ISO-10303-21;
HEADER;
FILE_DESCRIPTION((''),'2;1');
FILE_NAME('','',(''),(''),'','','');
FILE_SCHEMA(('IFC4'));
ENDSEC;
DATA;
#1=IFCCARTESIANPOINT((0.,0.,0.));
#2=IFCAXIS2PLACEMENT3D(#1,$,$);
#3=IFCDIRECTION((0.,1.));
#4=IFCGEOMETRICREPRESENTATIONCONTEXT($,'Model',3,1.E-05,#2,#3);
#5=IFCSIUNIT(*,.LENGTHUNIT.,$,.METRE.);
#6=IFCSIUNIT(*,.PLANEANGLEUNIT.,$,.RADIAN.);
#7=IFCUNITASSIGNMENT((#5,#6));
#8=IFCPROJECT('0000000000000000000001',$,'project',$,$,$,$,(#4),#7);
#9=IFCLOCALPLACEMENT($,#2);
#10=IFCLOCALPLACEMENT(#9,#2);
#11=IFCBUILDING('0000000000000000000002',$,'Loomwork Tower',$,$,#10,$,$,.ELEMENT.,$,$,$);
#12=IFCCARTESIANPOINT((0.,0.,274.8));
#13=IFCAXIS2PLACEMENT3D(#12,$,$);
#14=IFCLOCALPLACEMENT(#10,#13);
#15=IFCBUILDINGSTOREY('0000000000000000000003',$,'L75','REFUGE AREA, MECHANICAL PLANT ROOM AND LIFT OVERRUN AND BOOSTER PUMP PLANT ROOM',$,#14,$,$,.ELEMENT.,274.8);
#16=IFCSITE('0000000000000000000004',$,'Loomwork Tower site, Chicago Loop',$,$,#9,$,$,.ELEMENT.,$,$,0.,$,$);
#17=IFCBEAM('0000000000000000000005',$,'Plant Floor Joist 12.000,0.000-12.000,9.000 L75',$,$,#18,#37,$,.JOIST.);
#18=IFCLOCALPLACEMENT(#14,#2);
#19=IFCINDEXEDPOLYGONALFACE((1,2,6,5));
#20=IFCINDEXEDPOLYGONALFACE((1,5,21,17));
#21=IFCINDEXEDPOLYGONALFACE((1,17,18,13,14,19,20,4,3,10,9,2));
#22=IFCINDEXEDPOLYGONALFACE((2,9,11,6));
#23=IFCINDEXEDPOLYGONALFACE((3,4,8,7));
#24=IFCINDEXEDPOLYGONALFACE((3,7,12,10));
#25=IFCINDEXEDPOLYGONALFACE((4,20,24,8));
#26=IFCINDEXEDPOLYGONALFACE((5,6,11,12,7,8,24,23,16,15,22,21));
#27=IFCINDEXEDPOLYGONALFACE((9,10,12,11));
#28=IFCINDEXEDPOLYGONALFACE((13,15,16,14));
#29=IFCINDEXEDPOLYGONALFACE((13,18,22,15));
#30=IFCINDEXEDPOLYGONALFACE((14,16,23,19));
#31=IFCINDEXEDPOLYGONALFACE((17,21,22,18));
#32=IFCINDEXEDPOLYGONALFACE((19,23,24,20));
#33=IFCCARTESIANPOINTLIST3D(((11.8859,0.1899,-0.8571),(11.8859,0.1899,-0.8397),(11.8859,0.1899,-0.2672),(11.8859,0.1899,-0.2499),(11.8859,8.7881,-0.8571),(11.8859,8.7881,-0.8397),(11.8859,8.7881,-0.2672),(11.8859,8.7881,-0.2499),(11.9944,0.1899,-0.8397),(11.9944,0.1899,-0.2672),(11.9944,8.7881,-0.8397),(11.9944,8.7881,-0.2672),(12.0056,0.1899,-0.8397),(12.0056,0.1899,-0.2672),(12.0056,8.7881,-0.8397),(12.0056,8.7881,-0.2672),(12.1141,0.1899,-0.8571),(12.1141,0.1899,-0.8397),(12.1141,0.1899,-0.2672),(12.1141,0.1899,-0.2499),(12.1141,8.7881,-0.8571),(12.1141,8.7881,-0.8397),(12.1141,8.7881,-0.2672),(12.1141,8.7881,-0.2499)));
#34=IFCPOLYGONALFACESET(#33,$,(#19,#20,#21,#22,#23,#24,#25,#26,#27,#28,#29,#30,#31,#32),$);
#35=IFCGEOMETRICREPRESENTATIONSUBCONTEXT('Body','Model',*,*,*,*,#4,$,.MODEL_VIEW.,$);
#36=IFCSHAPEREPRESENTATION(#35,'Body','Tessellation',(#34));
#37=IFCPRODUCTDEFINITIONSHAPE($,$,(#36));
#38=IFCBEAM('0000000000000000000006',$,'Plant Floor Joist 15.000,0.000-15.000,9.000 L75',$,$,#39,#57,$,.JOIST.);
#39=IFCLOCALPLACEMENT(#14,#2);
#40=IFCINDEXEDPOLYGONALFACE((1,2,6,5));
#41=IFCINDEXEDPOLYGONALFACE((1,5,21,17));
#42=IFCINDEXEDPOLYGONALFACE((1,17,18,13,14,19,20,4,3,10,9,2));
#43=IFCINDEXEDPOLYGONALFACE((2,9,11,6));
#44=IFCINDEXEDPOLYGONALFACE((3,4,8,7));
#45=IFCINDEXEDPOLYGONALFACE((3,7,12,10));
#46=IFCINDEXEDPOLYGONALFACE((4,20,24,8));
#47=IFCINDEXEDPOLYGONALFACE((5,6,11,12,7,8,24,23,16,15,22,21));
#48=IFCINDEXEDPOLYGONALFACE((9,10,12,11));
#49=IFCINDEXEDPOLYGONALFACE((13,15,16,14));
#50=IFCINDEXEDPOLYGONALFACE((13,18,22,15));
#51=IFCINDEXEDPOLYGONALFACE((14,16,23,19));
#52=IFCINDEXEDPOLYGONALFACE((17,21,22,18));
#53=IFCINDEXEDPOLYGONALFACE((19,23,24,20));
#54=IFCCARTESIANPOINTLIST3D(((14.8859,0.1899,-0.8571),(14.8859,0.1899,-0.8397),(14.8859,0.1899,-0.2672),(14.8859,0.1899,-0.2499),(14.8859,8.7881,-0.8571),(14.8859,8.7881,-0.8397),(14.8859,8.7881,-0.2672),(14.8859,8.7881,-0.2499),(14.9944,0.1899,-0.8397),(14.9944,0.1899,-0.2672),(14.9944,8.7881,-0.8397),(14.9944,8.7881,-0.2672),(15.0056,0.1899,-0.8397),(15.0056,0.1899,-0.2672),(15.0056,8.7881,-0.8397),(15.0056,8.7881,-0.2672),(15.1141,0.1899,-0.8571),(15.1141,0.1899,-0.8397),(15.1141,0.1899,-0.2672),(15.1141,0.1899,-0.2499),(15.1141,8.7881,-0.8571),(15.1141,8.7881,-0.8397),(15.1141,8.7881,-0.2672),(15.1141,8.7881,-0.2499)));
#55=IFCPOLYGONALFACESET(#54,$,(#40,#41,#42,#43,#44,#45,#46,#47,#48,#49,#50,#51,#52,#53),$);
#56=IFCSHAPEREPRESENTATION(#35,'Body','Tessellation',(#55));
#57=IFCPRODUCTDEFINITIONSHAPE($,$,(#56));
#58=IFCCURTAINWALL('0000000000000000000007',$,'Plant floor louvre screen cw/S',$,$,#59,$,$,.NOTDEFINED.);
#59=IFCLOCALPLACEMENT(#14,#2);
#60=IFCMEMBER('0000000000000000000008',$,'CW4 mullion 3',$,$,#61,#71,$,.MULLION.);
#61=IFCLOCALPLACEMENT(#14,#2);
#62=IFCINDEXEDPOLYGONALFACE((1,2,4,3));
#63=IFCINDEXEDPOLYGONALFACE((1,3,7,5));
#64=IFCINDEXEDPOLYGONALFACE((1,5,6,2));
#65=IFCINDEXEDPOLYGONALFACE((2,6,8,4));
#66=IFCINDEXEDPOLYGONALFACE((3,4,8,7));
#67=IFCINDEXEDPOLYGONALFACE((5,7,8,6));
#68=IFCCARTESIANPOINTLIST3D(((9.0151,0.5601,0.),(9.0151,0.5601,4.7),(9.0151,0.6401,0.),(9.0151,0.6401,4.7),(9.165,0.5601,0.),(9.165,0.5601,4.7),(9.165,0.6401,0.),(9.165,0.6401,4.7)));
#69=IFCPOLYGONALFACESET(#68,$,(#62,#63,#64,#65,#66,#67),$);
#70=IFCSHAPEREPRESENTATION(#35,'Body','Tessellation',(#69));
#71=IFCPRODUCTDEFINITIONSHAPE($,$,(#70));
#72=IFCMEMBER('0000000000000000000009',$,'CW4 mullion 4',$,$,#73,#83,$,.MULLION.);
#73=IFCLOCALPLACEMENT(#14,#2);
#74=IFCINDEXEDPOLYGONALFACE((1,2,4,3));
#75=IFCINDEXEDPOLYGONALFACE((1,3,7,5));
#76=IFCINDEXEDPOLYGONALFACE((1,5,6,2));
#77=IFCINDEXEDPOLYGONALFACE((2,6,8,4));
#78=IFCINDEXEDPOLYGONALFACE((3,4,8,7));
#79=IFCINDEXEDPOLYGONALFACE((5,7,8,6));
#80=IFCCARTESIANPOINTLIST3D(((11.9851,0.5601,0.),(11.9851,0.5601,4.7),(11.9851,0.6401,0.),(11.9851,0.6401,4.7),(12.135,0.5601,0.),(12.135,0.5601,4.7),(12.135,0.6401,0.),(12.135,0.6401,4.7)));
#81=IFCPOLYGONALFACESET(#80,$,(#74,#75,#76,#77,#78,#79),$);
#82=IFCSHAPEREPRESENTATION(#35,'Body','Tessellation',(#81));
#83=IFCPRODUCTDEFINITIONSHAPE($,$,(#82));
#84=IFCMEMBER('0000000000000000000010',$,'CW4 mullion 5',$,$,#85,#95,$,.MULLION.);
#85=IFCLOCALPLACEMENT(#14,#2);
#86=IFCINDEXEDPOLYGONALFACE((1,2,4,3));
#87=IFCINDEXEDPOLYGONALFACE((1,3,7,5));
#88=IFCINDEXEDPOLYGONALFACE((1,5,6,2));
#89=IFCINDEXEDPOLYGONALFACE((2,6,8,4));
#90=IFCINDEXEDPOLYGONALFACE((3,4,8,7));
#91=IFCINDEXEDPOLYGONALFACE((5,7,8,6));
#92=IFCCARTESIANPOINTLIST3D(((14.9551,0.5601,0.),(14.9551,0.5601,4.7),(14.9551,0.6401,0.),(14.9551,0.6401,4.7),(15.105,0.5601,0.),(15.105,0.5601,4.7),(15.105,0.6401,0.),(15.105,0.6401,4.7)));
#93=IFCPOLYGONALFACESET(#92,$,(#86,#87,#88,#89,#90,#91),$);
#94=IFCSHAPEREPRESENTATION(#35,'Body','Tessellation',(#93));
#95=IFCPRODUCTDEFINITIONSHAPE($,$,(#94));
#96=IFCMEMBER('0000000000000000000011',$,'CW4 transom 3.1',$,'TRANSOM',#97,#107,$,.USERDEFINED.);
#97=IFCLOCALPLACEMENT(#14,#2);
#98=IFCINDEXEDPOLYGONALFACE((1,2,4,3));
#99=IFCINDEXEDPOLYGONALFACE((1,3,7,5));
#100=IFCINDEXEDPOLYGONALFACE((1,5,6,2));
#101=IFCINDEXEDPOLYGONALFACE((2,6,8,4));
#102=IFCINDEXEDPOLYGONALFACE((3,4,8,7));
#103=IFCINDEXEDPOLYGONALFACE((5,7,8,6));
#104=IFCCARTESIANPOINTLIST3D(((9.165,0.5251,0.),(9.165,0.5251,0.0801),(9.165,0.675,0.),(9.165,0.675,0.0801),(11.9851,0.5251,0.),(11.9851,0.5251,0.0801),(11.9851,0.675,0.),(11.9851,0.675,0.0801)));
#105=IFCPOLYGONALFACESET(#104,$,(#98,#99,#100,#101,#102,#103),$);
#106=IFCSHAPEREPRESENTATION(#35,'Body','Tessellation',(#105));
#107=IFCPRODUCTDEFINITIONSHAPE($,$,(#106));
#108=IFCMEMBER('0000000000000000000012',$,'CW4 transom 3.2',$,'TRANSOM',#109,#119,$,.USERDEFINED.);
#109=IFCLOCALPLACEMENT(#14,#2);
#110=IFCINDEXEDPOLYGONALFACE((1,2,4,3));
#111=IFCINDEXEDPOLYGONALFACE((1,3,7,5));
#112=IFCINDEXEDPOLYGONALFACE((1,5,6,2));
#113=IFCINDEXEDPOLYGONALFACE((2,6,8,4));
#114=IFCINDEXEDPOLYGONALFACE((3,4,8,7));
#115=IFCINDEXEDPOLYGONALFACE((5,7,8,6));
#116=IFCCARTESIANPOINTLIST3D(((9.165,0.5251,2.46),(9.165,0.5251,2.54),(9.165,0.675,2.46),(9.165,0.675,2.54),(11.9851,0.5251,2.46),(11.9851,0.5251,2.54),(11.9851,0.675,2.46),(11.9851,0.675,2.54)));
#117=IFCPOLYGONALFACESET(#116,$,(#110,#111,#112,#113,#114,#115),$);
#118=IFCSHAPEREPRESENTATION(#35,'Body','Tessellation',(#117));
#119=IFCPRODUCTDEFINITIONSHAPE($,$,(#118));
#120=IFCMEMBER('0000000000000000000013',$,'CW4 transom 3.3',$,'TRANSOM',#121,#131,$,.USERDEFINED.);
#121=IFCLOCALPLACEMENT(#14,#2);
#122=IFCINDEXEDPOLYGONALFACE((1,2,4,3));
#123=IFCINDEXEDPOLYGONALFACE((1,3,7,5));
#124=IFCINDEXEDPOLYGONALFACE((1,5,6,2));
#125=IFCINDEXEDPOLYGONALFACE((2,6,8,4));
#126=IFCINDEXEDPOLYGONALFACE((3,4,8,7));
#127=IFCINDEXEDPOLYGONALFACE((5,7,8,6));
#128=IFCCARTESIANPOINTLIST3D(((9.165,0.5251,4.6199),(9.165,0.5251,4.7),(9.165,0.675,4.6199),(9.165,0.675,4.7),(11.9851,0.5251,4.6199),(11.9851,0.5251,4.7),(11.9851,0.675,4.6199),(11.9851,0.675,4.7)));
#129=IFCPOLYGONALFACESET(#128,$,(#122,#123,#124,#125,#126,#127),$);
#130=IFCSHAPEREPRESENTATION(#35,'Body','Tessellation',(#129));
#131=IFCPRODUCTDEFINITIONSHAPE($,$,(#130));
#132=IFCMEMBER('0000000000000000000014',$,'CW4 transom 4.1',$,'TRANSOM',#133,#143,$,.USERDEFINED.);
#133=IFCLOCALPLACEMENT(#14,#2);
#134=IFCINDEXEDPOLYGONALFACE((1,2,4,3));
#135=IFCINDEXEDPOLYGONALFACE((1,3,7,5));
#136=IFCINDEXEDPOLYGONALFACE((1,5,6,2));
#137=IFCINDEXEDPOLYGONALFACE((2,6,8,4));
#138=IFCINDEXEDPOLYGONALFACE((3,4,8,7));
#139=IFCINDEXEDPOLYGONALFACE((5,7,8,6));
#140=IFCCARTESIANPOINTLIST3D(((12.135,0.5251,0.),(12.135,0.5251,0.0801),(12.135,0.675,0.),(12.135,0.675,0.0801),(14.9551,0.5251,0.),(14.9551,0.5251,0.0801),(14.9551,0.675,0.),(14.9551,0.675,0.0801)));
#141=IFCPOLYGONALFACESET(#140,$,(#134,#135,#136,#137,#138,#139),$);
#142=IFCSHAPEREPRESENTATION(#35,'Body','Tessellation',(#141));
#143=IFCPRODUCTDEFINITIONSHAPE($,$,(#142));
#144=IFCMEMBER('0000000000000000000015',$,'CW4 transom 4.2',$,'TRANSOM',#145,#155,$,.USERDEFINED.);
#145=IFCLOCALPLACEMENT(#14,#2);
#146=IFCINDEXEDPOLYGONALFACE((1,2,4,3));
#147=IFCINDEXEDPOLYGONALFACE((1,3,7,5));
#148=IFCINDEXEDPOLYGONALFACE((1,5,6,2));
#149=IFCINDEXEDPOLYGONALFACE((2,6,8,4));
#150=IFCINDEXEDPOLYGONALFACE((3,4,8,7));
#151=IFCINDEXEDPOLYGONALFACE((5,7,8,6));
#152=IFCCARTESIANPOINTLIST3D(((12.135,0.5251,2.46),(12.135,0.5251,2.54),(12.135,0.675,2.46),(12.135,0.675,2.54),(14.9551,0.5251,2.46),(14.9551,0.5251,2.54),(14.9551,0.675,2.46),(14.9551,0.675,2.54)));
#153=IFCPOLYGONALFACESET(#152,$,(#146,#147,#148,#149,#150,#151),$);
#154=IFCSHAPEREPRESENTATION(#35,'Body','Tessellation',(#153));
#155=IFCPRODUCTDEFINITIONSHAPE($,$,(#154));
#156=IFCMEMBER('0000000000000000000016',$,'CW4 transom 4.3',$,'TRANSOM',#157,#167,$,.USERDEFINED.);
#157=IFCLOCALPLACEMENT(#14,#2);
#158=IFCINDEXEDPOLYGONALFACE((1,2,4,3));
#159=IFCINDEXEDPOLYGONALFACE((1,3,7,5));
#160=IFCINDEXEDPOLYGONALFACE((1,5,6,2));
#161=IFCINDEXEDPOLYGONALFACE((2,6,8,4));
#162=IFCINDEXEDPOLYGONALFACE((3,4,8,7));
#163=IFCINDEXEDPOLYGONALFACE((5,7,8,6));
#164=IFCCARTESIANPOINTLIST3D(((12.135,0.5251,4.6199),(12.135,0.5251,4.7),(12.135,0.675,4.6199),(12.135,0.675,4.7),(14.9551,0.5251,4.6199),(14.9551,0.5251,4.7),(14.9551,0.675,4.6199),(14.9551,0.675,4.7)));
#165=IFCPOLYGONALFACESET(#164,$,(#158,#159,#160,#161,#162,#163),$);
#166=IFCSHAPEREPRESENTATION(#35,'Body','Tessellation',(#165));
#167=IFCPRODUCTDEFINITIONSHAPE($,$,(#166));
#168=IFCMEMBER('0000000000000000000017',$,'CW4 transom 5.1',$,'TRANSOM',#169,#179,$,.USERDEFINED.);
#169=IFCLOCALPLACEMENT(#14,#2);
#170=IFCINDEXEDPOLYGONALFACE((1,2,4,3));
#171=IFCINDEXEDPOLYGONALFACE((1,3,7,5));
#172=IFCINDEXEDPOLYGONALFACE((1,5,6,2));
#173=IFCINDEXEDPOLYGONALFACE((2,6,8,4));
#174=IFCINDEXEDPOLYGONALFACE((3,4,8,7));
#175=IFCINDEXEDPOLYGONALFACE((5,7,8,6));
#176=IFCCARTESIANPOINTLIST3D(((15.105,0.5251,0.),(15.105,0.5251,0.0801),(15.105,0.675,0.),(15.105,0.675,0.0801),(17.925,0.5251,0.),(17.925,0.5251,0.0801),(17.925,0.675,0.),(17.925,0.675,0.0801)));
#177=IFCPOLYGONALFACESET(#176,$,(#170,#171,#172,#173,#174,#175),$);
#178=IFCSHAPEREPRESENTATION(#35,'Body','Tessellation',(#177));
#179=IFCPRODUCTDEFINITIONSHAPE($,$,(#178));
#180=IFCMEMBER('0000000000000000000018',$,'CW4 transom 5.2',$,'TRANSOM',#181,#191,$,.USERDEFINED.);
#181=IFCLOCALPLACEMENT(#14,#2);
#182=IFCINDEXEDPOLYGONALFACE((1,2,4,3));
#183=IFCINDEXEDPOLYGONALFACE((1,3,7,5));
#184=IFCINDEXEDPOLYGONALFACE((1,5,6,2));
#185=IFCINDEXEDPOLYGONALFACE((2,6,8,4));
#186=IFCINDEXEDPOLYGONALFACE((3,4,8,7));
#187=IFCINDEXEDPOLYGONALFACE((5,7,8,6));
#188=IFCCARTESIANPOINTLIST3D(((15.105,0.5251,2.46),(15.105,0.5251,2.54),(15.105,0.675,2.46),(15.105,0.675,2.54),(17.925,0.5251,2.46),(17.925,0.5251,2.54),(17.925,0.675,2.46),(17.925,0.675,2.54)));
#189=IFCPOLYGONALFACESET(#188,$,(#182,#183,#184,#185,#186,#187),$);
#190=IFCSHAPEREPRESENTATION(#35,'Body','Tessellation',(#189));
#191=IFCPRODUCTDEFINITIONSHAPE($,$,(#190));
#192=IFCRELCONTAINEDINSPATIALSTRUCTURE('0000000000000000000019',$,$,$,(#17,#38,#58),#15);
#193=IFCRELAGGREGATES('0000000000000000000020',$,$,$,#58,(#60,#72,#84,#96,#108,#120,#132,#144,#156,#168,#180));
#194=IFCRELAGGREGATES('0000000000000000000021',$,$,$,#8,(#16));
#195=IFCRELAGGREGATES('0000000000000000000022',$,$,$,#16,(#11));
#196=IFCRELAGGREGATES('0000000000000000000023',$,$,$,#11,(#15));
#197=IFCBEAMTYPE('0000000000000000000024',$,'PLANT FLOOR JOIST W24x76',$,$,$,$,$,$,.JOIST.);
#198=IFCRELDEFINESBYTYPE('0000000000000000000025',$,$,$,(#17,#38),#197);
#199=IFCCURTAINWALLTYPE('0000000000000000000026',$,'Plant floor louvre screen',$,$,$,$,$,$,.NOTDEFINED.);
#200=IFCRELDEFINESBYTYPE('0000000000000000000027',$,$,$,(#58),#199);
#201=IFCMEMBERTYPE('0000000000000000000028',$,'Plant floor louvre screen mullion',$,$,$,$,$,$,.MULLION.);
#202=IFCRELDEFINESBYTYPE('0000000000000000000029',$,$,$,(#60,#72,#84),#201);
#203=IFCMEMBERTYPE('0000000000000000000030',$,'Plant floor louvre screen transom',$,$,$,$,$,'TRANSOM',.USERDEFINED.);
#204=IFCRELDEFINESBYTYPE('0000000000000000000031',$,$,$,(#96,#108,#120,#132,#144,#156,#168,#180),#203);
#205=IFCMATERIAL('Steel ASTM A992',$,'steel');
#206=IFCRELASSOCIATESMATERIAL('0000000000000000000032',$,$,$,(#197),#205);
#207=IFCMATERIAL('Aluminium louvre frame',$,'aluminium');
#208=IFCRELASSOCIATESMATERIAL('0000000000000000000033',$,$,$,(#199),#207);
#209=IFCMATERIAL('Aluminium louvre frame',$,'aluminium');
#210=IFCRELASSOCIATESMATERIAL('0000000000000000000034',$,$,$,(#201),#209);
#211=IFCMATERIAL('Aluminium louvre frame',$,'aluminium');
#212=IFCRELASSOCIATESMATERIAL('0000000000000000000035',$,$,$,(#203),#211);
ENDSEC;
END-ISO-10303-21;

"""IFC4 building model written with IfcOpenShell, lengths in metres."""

from ifc_helpers import new_model, si_unit, direction, frame, origin, origin_2d, place, context, subcontext, project, spatial, rectangle, i_section, extrude, material, material_profile, profile_set, type_object, element, aggregate, save


model = new_model("IFC4")

# Units and contexts
model_context = context("Model", 3, precision=1e-05, world=origin(), true_north=direction((0.0, 1.0)))
body_context = subcontext(model_context, "Body", "Model", "MODEL_VIEW")
ifc_project = project(units=[si_unit("LENGTHUNIT", "METRE"), si_unit("PLANEANGLEUNIT", "RADIAN")], contexts=[model_context])

# Site, building, storey
site_placement = place(None, origin())
site = spatial("IfcSite", under=ifc_project, at=site_placement, Name="Loomwork Tower site, Chicago Loop", CompositionType="ELEMENT", RefElevation=0.0)
building_placement = place(site_placement, origin())
building = spatial("IfcBuilding", under=site, at=building_placement, Name="Loomwork Tower", CompositionType="ELEMENT")
storey_placement = place(building_placement, frame((0.0, 0.0, 274.8)))
storey = spatial("IfcBuildingStorey", under=building, at=storey_placement, Name="L75", Description="REFUGE AREA, MECHANICAL PLANT ROOM AND LIFT OVERRUN AND BOOSTER PUMP PLANT ROOM", CompositionType="ELEMENT", Elevation=274.8)

# Beams
ifc_material_1 = material(Name="Steel ASTM A992", Category="steel")
ifc_material_profile_1 = material_profile(ifc_material_1, i_section(OverallWidth=0.2283, OverallDepth=0.6072, WebThickness=0.0112, FlangeThickness=0.0173, at=origin_2d()), Name="W24x76")
ifc_profile_set_1 = profile_set([ifc_material_profile_1], Name="Steel ASTM A992")
beam_type = type_object("IfcBeamType", Name="PLANT FLOOR JOIST W24x76", PredefinedType="JOIST", material=ifc_profile_set_1)
for number, where, z_axis, x_axis, name in (
    (1, (12.0, 0.1899, -0.5535), (0.0, 1.0, 0.0), (-1.0, 0.0, 0.0), "Plant Floor Joist 12.000,0.000-12.000,9.000 L75"),
    (2, (15.0, 0.1899, -0.5535), (0.0, 1.0, 0.0), (-1.0, 0.0, 0.0), "Plant Floor Joist 15.000,0.000-15.000,9.000 L75"),
):
    element("IfcBeam", number, at=place(storey_placement, frame(where, z_axis=z_axis, x_axis=x_axis)), inside=storey, type_object=beam_type, Name=name, PredefinedType="JOIST", context=body_context, shape_type="SweptSolid", body=[
        extrude(i_section(OverallWidth=0.2283, OverallDepth=0.6072, WebThickness=0.0112, FlangeThickness=0.0173, at=origin_2d()), origin(), (0.0, 0.0, 1.0), 8.5981),
    ])

# Curtain wall, members
ifc_material_2 = material(Name="Aluminium louvre frame", Category="aluminium")
curtain_wall_type = type_object("IfcCurtainWallType", Name="Plant floor louvre screen", PredefinedType="NOTDEFINED", material=ifc_material_2)
curtain_wall_placement = place(storey_placement, origin())
curtain_wall = element("IfcCurtainWall", 3, at=curtain_wall_placement, inside=storey, type_object=curtain_wall_type, Name="Plant floor louvre screen cw/S", PredefinedType="NOTDEFINED")
ifc_material_3 = material(Name="Aluminium louvre frame", Category="aluminium")
ifc_material_profile_2 = material_profile(ifc_material_3, rectangle(XDim=0.0801, YDim=0.1499, at=origin_2d()), Name="AL 80x150")
ifc_profile_set_2 = profile_set([ifc_material_profile_2], Name="Aluminium louvre frame")
member_type_1 = type_object("IfcMemberType", Name="Plant floor louvre screen mullion", PredefinedType="MULLION", material=ifc_profile_set_2)
member_1_placement = place(storey_placement, frame((9.0901, 0.6001, 0.0), z_axis=(0.0, 0.0, 1.0), x_axis=(0.0, 1.0, 0.0)))
member_1 = element("IfcMember", 4, at=member_1_placement, type_object=member_type_1, Name="CW4 mullion 3", PredefinedType="MULLION", context=body_context, shape_type="SweptSolid", body=[
    extrude(rectangle(XDim=0.0801, YDim=0.1499, at=origin_2d()), origin(), (0.0, 0.0, 1.0), 4.7),
])
member_2_placement = place(storey_placement, frame((12.0601, 0.6001, 0.0), z_axis=(0.0, 0.0, 1.0), x_axis=(0.0, 1.0, 0.0)))
member_2 = element("IfcMember", 5, at=member_2_placement, type_object=member_type_1, Name="CW4 mullion 4", PredefinedType="MULLION", context=body_context, shape_type="SweptSolid", body=[
    extrude(rectangle(XDim=0.0801, YDim=0.1499, at=origin_2d()), origin(), (0.0, 0.0, 1.0), 4.7),
])
member_3_placement = place(storey_placement, frame((15.03, 0.6001, 0.0), z_axis=(0.0, 0.0, 1.0), x_axis=(0.0, 1.0, 0.0)))
member_3 = element("IfcMember", 6, at=member_3_placement, type_object=member_type_1, Name="CW4 mullion 5", PredefinedType="MULLION", context=body_context, shape_type="SweptSolid", body=[
    extrude(rectangle(XDim=0.0801, YDim=0.1499, at=origin_2d()), origin(), (0.0, 0.0, 1.0), 4.7),
])
ifc_material_4 = material(Name="Aluminium louvre frame", Category="aluminium")
ifc_material_profile_3 = material_profile(ifc_material_4, rectangle(XDim=0.1499, YDim=0.0801, at=origin_2d()), Name="AL 80x150")
ifc_profile_set_3 = profile_set([ifc_material_profile_3], Name="Aluminium louvre frame")
member_type_2 = type_object("IfcMemberType", Name="Plant floor louvre screen transom", ElementType="TRANSOM", PredefinedType="USERDEFINED", material=ifc_profile_set_3)
member_4_placement = place(storey_placement, frame((9.165, 0.6001, 0.04), z_axis=(1.0, 0.0, 0.0), x_axis=(0.0, 1.0, 0.0)))
member_4 = element("IfcMember", 7, at=member_4_placement, type_object=member_type_2, Name="CW4 transom 3.1", ObjectType="TRANSOM", PredefinedType="USERDEFINED", context=body_context, shape_type="SweptSolid", body=[
    extrude(rectangle(XDim=0.1499, YDim=0.0801, at=origin_2d()), origin(), (0.0, 0.0, 1.0), 2.8201),
])
member_5_placement = place(storey_placement, frame((9.165, 0.6001, 2.5), z_axis=(1.0, 0.0, 0.0), x_axis=(0.0, 1.0, 0.0)))
member_5 = element("IfcMember", 8, at=member_5_placement, type_object=member_type_2, Name="CW4 transom 3.2", ObjectType="TRANSOM", PredefinedType="USERDEFINED", context=body_context, shape_type="SweptSolid", body=[
    extrude(rectangle(XDim=0.1499, YDim=0.0801, at=origin_2d()), origin(), (0.0, 0.0, 1.0), 2.8201),
])
member_6_placement = place(storey_placement, frame((9.165, 0.6001, 4.6599), z_axis=(1.0, 0.0, 0.0), x_axis=(0.0, 1.0, 0.0)))
member_6 = element("IfcMember", 9, at=member_6_placement, type_object=member_type_2, Name="CW4 transom 3.3", ObjectType="TRANSOM", PredefinedType="USERDEFINED", context=body_context, shape_type="SweptSolid", body=[
    extrude(rectangle(XDim=0.1499, YDim=0.0801, at=origin_2d()), origin(), (0.0, 0.0, 1.0), 2.8201),
])
member_7_placement = place(storey_placement, frame((12.135, 0.6001, 0.04), z_axis=(1.0, 0.0, 0.0), x_axis=(0.0, 1.0, 0.0)))
member_7 = element("IfcMember", 10, at=member_7_placement, type_object=member_type_2, Name="CW4 transom 4.1", ObjectType="TRANSOM", PredefinedType="USERDEFINED", context=body_context, shape_type="SweptSolid", body=[
    extrude(rectangle(XDim=0.1499, YDim=0.0801, at=origin_2d()), origin(), (0.0, 0.0, 1.0), 2.8201),
])
member_8_placement = place(storey_placement, frame((12.135, 0.6001, 2.5), z_axis=(1.0, 0.0, 0.0), x_axis=(0.0, 1.0, 0.0)))
member_8 = element("IfcMember", 11, at=member_8_placement, type_object=member_type_2, Name="CW4 transom 4.2", ObjectType="TRANSOM", PredefinedType="USERDEFINED", context=body_context, shape_type="SweptSolid", body=[
    extrude(rectangle(XDim=0.1499, YDim=0.0801, at=origin_2d()), origin(), (0.0, 0.0, 1.0), 2.8201),
])
member_9_placement = place(storey_placement, frame((12.135, 0.6001, 4.6599), z_axis=(1.0, 0.0, 0.0), x_axis=(0.0, 1.0, 0.0)))
member_9 = element("IfcMember", 12, at=member_9_placement, type_object=member_type_2, Name="CW4 transom 4.3", ObjectType="TRANSOM", PredefinedType="USERDEFINED", context=body_context, shape_type="SweptSolid", body=[
    extrude(rectangle(XDim=0.1499, YDim=0.0801, at=origin_2d()), origin(), (0.0, 0.0, 1.0), 2.8201),
])
member_10_placement = place(storey_placement, frame((15.105, 0.6001, 0.04), z_axis=(1.0, 0.0, 0.0), x_axis=(0.0, 1.0, 0.0)))
member_10 = element("IfcMember", 13, at=member_10_placement, type_object=member_type_2, Name="CW4 transom 5.1", ObjectType="TRANSOM", PredefinedType="USERDEFINED", context=body_context, shape_type="SweptSolid", body=[
    extrude(rectangle(XDim=0.1499, YDim=0.0801, at=origin_2d()), origin(), (0.0, 0.0, 1.0), 2.8201),
])
member_11_placement = place(storey_placement, frame((15.105, 0.6001, 2.5), z_axis=(1.0, 0.0, 0.0), x_axis=(0.0, 1.0, 0.0)))
member_11 = element("IfcMember", 14, at=member_11_placement, type_object=member_type_2, Name="CW4 transom 5.2", ObjectType="TRANSOM", PredefinedType="USERDEFINED", context=body_context, shape_type="SweptSolid", body=[
    extrude(rectangle(XDim=0.1499, YDim=0.0801, at=origin_2d()), origin(), (0.0, 0.0, 1.0), 2.8201),
])
aggregate(curtain_wall, [member_1, member_2, member_3, member_4, member_5, member_6, member_7, member_8, member_9, member_10, member_11])

save(model, "model.ifc")
